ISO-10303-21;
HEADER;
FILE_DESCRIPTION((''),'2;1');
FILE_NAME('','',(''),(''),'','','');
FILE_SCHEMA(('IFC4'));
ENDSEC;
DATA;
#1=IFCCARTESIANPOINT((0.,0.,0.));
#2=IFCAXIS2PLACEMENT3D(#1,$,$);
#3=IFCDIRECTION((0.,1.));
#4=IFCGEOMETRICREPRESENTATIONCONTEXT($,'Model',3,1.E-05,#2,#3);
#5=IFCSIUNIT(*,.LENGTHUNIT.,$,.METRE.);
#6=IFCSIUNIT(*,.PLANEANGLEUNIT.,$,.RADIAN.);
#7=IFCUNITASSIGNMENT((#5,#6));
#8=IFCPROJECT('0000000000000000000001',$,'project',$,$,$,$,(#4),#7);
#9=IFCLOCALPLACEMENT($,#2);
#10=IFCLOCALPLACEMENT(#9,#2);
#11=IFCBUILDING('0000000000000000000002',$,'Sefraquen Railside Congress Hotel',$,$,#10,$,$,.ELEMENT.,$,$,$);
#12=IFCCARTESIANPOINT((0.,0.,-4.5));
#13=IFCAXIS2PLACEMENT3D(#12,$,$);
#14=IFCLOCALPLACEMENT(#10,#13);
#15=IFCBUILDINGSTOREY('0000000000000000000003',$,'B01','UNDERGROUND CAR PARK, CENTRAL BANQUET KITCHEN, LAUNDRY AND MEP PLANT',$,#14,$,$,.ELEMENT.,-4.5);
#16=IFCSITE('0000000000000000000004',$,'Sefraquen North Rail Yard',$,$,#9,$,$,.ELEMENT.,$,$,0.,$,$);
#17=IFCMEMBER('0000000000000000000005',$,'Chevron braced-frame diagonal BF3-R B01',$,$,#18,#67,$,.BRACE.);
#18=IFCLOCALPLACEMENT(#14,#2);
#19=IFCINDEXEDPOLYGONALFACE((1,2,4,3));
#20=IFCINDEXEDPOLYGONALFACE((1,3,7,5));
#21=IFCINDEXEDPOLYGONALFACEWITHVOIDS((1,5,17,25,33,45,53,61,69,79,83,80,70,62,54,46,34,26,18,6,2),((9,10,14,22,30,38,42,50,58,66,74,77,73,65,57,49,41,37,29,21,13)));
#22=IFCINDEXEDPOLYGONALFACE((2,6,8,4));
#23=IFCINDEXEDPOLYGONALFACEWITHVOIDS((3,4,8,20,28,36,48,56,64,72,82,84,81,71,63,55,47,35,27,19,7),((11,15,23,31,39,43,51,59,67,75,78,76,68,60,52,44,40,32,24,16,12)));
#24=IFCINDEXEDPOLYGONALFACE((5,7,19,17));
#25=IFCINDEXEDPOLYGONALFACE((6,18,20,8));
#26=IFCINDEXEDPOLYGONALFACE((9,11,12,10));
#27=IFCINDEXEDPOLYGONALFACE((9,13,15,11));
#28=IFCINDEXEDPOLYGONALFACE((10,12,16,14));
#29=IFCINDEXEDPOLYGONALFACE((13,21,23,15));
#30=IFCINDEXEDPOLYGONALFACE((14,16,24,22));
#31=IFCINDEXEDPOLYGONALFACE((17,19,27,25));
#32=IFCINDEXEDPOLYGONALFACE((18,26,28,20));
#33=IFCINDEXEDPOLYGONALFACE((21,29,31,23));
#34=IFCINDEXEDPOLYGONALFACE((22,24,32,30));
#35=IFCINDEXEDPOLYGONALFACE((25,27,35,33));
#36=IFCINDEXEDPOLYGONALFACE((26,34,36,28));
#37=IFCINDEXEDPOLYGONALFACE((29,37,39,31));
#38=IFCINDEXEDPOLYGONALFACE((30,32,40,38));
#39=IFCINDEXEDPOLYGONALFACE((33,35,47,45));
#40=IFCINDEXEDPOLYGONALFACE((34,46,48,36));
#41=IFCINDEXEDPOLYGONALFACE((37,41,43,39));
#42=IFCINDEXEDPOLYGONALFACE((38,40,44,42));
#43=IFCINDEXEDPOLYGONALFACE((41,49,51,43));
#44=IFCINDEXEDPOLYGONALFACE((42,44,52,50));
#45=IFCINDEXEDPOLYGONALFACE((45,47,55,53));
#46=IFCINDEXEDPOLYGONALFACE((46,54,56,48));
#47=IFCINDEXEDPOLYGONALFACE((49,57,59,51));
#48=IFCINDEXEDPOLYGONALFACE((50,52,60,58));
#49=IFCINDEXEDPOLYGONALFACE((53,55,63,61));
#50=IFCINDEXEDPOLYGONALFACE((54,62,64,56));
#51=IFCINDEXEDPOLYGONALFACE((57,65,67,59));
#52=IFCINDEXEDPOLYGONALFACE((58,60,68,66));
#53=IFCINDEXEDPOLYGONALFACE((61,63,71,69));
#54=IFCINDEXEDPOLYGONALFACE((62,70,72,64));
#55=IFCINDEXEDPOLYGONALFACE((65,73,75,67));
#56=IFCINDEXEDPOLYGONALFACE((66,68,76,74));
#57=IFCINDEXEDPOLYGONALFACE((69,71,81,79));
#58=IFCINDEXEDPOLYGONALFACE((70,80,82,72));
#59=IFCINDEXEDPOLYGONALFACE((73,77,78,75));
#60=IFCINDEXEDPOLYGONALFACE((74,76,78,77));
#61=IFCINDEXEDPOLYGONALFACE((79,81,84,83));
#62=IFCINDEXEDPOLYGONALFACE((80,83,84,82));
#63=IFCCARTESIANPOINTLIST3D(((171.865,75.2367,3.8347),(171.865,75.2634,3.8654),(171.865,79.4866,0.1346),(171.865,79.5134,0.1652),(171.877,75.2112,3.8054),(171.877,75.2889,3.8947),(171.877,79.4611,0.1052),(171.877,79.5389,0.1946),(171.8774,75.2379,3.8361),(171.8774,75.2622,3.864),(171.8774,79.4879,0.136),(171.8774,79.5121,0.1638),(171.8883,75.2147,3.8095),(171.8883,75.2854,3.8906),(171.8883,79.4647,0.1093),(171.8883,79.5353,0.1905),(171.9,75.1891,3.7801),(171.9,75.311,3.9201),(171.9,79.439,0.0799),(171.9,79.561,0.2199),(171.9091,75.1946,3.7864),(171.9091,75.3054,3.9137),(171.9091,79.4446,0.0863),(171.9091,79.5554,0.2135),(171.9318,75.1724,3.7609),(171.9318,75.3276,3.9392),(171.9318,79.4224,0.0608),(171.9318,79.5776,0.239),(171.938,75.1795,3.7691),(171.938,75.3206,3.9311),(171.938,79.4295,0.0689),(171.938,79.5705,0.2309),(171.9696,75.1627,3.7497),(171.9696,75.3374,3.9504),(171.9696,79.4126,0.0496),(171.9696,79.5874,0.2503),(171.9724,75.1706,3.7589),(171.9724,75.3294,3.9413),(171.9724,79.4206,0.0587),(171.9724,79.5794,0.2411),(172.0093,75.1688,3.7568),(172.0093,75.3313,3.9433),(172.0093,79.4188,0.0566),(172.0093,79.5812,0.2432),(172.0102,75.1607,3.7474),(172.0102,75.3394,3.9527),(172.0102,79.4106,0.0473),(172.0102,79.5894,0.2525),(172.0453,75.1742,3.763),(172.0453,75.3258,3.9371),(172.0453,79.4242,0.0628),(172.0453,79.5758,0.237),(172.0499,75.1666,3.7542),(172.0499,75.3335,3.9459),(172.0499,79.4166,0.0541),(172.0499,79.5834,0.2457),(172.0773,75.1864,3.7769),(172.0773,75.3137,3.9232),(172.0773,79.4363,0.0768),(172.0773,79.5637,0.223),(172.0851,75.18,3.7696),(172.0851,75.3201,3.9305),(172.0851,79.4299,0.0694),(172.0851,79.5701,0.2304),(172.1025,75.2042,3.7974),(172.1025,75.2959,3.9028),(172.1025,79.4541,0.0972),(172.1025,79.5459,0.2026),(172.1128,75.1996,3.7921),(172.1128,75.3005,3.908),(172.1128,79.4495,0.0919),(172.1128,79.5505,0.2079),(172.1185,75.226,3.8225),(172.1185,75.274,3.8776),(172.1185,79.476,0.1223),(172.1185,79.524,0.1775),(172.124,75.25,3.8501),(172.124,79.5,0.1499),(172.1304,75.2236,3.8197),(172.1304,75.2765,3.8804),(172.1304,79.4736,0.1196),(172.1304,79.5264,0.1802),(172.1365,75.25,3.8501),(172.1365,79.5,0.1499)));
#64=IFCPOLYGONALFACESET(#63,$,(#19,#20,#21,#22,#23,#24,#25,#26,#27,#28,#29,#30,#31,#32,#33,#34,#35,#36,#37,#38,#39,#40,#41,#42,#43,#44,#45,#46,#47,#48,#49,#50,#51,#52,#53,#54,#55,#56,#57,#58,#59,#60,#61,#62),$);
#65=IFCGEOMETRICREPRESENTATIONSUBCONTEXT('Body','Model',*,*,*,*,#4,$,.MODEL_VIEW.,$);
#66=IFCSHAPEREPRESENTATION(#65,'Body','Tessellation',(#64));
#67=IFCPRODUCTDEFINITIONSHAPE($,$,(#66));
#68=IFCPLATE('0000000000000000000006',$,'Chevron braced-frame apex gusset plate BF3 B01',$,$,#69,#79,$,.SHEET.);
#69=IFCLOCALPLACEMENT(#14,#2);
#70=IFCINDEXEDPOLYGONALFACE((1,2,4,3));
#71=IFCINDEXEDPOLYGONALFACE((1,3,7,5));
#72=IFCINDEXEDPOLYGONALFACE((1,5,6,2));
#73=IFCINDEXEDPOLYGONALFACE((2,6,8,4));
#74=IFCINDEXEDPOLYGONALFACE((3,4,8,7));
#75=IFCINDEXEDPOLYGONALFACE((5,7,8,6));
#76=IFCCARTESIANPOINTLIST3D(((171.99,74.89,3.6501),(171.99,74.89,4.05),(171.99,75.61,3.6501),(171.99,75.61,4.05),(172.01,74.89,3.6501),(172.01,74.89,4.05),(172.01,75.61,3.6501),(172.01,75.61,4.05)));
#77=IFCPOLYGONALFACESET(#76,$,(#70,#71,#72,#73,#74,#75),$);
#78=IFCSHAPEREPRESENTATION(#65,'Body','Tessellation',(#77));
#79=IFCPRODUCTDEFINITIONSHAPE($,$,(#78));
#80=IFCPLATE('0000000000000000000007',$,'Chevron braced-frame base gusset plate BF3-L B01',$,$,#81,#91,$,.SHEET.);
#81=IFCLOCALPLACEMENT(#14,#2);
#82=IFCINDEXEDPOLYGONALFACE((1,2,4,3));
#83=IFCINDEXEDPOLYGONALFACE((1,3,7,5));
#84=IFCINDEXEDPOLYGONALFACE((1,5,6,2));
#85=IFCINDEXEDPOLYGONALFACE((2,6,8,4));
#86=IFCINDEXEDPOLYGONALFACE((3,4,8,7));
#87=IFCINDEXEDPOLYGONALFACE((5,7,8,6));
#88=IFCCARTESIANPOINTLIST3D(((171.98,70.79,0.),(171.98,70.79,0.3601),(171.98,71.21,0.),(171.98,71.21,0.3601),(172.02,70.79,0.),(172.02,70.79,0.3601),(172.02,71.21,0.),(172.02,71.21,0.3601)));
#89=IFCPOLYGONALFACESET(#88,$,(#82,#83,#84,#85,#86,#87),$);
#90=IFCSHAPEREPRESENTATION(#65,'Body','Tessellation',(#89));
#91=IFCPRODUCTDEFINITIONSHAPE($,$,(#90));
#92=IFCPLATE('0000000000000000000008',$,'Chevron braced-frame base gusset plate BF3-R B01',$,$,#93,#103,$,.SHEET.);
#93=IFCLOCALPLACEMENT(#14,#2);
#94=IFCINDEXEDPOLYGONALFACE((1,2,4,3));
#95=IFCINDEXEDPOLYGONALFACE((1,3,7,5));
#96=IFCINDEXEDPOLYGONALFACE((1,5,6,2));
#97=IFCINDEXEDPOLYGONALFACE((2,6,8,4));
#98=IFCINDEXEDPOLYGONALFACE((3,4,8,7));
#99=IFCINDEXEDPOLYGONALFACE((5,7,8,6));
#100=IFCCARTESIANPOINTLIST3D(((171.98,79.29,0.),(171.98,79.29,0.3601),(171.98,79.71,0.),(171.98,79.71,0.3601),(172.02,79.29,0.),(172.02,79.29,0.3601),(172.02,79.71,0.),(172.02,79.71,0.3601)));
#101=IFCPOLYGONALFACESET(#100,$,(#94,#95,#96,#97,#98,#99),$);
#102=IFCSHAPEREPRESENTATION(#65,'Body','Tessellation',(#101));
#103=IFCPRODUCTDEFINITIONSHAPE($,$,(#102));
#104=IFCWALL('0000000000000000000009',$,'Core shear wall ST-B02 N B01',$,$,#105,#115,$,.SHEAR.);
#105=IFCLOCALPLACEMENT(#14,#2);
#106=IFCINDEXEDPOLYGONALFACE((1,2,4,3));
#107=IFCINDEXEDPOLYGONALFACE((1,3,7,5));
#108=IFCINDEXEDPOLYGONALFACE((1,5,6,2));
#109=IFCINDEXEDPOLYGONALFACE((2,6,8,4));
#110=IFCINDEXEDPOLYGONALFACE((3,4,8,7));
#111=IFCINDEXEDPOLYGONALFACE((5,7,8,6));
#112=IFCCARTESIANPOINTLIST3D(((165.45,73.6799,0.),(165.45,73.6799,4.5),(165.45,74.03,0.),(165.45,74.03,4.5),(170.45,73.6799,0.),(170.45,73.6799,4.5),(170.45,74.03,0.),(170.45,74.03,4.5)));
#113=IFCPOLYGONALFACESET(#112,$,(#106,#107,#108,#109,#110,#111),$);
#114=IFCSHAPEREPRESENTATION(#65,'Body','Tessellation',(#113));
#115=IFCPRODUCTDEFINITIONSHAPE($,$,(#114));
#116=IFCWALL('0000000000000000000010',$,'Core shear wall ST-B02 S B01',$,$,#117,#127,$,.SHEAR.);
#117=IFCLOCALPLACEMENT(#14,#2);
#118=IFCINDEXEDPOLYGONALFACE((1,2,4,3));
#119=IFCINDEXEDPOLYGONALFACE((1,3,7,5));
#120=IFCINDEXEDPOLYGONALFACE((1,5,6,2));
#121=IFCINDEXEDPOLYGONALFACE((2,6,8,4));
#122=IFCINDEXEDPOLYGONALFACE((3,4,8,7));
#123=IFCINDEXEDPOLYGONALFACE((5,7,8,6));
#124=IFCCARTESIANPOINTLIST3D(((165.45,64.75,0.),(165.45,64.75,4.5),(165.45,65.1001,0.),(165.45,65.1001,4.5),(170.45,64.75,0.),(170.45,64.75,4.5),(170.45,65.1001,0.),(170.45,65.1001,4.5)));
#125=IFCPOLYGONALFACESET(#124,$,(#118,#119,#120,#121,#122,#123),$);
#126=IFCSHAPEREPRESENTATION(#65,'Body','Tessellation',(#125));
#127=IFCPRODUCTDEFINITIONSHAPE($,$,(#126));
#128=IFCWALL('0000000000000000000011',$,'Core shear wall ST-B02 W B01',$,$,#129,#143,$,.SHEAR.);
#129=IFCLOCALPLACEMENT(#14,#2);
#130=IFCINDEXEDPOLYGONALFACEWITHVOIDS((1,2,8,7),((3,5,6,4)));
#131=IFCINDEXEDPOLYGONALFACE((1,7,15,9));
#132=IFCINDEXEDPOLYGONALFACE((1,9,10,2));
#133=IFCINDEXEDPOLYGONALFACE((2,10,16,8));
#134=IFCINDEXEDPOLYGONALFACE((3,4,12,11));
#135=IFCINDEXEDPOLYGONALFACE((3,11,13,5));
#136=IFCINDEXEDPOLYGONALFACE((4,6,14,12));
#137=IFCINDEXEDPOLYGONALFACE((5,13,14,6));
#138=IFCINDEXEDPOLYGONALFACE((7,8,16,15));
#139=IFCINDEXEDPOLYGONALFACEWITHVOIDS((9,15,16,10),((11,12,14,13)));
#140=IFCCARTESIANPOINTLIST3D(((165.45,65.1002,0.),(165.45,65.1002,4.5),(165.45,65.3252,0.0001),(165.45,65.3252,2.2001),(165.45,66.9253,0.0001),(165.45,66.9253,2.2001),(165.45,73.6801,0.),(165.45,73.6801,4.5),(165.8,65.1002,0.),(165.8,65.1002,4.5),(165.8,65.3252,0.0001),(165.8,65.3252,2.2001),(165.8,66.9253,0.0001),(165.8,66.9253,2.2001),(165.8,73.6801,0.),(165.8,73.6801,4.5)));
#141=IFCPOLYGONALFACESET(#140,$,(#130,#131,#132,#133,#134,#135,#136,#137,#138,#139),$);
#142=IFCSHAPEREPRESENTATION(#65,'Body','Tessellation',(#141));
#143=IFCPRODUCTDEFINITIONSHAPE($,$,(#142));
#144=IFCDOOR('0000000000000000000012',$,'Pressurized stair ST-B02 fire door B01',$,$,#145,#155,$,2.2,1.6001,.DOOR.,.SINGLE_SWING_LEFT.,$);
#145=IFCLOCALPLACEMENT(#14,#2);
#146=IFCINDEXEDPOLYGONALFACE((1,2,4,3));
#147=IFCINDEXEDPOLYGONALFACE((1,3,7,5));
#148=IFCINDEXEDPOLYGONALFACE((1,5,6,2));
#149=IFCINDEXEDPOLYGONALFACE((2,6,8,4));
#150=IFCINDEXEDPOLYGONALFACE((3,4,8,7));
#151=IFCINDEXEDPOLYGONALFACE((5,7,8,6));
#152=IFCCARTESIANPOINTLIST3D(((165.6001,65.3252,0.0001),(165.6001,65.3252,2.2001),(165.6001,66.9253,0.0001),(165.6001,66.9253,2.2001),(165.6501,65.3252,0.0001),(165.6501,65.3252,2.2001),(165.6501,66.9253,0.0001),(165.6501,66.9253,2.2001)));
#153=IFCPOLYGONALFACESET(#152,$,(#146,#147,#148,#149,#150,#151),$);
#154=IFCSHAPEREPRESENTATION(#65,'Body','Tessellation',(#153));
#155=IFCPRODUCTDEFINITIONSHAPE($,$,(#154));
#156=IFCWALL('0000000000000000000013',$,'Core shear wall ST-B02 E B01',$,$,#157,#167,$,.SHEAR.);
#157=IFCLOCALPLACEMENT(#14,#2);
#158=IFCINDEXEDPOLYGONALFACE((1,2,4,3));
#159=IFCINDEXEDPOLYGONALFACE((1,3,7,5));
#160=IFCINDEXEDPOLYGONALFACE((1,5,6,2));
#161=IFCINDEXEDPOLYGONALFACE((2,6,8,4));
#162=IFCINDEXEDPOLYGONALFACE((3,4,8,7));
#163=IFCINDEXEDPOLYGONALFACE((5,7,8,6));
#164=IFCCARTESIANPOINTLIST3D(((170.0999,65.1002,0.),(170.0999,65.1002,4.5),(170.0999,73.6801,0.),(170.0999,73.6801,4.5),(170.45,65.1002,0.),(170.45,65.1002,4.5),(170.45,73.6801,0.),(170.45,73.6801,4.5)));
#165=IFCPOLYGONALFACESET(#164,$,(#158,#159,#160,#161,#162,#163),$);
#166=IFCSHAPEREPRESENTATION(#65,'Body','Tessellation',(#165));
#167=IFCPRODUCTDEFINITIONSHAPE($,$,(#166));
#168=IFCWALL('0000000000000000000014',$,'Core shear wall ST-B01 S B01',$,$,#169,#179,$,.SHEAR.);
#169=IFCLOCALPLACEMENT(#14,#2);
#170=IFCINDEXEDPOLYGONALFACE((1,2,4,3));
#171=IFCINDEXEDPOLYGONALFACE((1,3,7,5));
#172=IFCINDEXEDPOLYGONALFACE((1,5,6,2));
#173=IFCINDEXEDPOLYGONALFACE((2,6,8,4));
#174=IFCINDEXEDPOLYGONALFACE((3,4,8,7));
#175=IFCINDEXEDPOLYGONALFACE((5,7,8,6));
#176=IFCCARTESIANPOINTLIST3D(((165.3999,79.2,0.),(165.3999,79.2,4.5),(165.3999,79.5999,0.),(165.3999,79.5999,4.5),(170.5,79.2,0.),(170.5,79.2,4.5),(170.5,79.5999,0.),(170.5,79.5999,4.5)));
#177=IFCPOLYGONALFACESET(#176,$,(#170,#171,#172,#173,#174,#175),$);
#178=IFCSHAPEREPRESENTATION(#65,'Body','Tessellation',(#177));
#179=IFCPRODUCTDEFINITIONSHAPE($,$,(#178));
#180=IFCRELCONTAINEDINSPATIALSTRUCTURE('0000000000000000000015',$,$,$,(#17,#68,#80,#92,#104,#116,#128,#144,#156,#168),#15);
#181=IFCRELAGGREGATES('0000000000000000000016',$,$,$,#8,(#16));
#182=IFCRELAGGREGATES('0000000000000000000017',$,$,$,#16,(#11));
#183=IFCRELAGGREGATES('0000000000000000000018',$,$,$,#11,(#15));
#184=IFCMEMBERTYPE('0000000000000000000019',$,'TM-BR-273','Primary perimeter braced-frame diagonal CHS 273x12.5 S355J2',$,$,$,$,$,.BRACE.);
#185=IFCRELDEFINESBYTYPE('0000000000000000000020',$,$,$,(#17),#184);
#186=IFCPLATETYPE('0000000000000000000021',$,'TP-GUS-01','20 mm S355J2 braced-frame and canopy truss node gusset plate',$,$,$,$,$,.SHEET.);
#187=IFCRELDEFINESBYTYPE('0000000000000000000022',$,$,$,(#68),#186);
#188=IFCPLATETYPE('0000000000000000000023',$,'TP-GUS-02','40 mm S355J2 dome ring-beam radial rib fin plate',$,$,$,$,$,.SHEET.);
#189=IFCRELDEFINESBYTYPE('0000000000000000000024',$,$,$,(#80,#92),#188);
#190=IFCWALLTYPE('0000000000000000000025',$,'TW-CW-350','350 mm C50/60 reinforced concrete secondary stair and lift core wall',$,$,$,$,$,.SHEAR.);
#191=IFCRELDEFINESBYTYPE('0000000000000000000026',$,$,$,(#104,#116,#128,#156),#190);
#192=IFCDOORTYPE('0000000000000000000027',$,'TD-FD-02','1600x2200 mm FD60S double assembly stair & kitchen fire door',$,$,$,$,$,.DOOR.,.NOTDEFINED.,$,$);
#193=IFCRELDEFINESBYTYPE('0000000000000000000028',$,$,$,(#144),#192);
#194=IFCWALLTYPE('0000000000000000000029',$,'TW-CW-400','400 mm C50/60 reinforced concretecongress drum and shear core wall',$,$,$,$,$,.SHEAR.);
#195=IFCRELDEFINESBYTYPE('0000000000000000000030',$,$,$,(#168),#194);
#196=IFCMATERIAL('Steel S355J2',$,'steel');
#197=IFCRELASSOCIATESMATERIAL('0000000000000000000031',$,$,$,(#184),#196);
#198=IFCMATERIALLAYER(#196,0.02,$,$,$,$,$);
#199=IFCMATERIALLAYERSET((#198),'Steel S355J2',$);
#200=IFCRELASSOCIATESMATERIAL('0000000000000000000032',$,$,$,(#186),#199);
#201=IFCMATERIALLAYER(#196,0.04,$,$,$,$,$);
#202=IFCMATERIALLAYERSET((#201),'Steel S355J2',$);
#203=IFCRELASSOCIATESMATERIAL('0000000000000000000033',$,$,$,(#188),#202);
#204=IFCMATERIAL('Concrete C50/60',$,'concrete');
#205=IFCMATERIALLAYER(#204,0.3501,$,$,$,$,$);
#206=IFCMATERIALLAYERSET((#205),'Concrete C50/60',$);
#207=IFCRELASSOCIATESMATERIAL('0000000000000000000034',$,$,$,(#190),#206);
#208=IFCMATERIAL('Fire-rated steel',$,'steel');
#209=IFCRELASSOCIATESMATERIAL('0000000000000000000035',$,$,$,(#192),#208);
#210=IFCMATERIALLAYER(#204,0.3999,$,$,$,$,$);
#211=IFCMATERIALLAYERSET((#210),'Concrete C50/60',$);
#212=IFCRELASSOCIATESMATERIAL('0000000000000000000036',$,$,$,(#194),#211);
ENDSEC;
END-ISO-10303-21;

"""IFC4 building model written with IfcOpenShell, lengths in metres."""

from ifc_helpers import new_model, si_unit, direction, frame, frame_2d, origin, origin_2d, place, context, subcontext, project, spatial, rectangle, hollow_circle, extrude, material, layer, layer_set, material_profile, profile_set, type_object, element, fill, save


model = new_model("IFC4")

# Units and contexts
model_context = context("Model", 3, precision=1e-05, world=origin(), true_north=direction((0.0, 1.0)))
body_context = subcontext(model_context, "Body", "Model", "MODEL_VIEW")
ifc_project = project(units=[si_unit("LENGTHUNIT", "METRE"), si_unit("PLANEANGLEUNIT", "RADIAN")], contexts=[model_context])

# Site, building, storey
site_placement = place(None, origin())
site = spatial("IfcSite", under=ifc_project, at=site_placement, Name="Sefraquen North Rail Yard", CompositionType="ELEMENT", RefElevation=0.0)
building_placement = place(site_placement, origin())
building = spatial("IfcBuilding", under=site, at=building_placement, Name="Sefraquen Railside Congress Hotel", CompositionType="ELEMENT")
storey_placement = place(building_placement, frame((0.0, 0.0, -4.5)))
storey = spatial("IfcBuildingStorey", under=building, at=storey_placement, Name="B01", Description="UNDERGROUND CAR PARK, CENTRAL BANQUET KITCHEN, LAUNDRY AND MEP PLANT", CompositionType="ELEMENT", Elevation=-4.5)

# Shared definitions
ifc_material_1 = material(Name="Steel S355J2", Category="steel")

# Member
ifc_material_profile_1 = material_profile(ifc_material_1, hollow_circle(Radius=0.1365, WallThickness=0.0125, at=origin_2d()), Name="CHS 273x12.5")
ifc_profile_set_1 = profile_set([ifc_material_profile_1], Name="Steel S355J2")
member_type = type_object("IfcMemberType", Name="TM-BR-273", Description="Primary perimeter braced-frame diagonal CHS 273x12.5 S355J2", PredefinedType="BRACE", material=ifc_profile_set_1)
for number, where, z_axis, x_axis, name in (
    (1, (172.0, 79.5, 0.1499), (0.0, -0.754206, 0.656638), (1.0, 0.0, 0.0), "Chevron braced-frame diagonal BF3-R B01"),
):
    element("IfcMember", number, at=place(storey_placement, frame(where, z_axis=z_axis, x_axis=x_axis)), inside=storey, type_object=member_type, Name=name, PredefinedType="BRACE", context=body_context, shape_type="SweptSolid", body=[
        extrude(hollow_circle(Radius=0.1365, WallThickness=0.0125, at=origin_2d()), origin(), (0.0, 0.0, 1.0), 5.635),
    ])

# Plates
ifc_layer_1 = layer(ifc_material_1, 0.02)
ifc_layer_set_1 = layer_set([ifc_layer_1], Name="Steel S355J2")
plate_type_1 = type_object("IfcPlateType", Name="TP-GUS-01", Description="20 mm S355J2 braced-frame and canopy truss node gusset plate", PredefinedType="SHEET", material=ifc_layer_set_1)
plate_placement = place(storey_placement, frame((172.0, 75.25, 3.6501), z_axis=(0.0, 0.0, 1.0), x_axis=(0.0, 1.0, 0.0)))
element("IfcPlate", 2, at=plate_placement, inside=storey, type_object=plate_type_1, Name="Chevron braced-frame apex gusset plate BF3 B01", PredefinedType="SHEET", context=body_context, shape_type="SweptSolid", body=[
    extrude(rectangle(XDim=0.72, YDim=0.02, at=origin_2d()), origin(), (0.0, 0.0, 1.0), 0.3999),
])
ifc_layer_2 = layer(ifc_material_1, 0.04)
ifc_layer_set_2 = layer_set([ifc_layer_2], Name="Steel S355J2")
plate_type_2 = type_object("IfcPlateType", Name="TP-GUS-02", Description="40 mm S355J2 dome ring-beam radial rib fin plate", PredefinedType="SHEET", material=ifc_layer_set_2)
for number, where, z_axis, x_axis, name in (
    (3, (172.0, 71.0, 0.0), (0.0, 0.0, 1.0), (0.0, 1.0, 0.0), "Chevron braced-frame base gusset plate BF3-L B01"),
    (4, (172.0, 79.5, 0.0), (0.0, 0.0, 1.0), (0.0, 1.0, 0.0), "Chevron braced-frame base gusset plate BF3-R B01"),
):
    element("IfcPlate", number, at=place(storey_placement, frame(where, z_axis=z_axis, x_axis=x_axis)), inside=storey, type_object=plate_type_2, Name=name, PredefinedType="SHEET", context=body_context, shape_type="SweptSolid", body=[
        extrude(rectangle(XDim=0.4199, YDim=0.04, at=origin_2d()), origin(), (0.0, 0.0, 1.0), 0.3601),
    ])

# Walls
ifc_material_2 = material(Name="Concrete C50/60", Category="concrete")
ifc_layer_3 = layer(ifc_material_2, 0.3501)
ifc_layer_set_3 = layer_set([ifc_layer_3], Name="Concrete C50/60")
wall_type_1 = type_object("IfcWallType", Name="TW-CW-350", Description="350 mm C50/60 reinforced concrete secondary stair and lift core wall", PredefinedType="SHEAR", material=ifc_layer_set_3)
for number, where, z_axis, x_axis, name in (
    (5, (165.45, 73.855, 0.0), (0.0, 0.0, 1.0), (1.0, 0.0, 0.0), "Core shear wall ST-B02 N B01"),
    (6, (165.45, 64.925, 0.0), (0.0, 0.0, 1.0), (1.0, 0.0, 0.0), "Core shear wall ST-B02 S B01"),
):
    element("IfcWall", number, at=place(storey_placement, frame(where, z_axis=z_axis, x_axis=x_axis)), inside=storey, type_object=wall_type_1, Name=name, PredefinedType="SHEAR", context=body_context, shape_type="SweptSolid", body=[
        extrude(rectangle(XDim=5.0, YDim=0.3501, at=frame_2d((2.5, 0.0))), origin(), (0.0, 0.0, 1.0), 4.5),
    ])

# Wall, opening, door
wall_1_placement = place(storey_placement, frame((165.625, 65.1001, 0.0), z_axis=(0.0, 0.0, 1.0), x_axis=(0.0, 1.0, 0.0)))
wall_1 = element("IfcWall", 7, at=wall_1_placement, inside=storey, type_object=wall_type_1, Name="Core shear wall ST-B02 W B01", PredefinedType="SHEAR", context=body_context, shape_type="SweptSolid", body=[
    extrude(rectangle(XDim=8.5798, YDim=0.3501, at=frame_2d((4.29, 0.0))), origin(), (0.0, 0.0, 1.0), 4.5),
])
opening_1_placement = place(wall_1_placement, frame((0.2251, 0.0, 0.0)))
opening_1 = element("IfcOpeningElement", 8, at=opening_1_placement, cuts=wall_1, PredefinedType="OPENING", context=body_context, shape_type="SweptSolid", body=[
    extrude(rectangle(XDim=1.6001, YDim=2.2, at=frame_2d((0.8, 1.1001))), frame((0.0, 0.1851, 0.0), z_axis=(0.0, -1.0, 0.0), x_axis=(1.0, 0.0, 0.0)), (0.0, 0.0, 1.0), 0.3701),
])
ifc_material_3 = material(Name="Fire-rated steel", Category="steel")
door_type = type_object("IfcDoorType", Name="TD-FD-02", Description="1600x2200 mm FD60S double assembly stair & kitchen fire door", OperationType="NOTDEFINED", PredefinedType="DOOR", material=ifc_material_3)
door_1_placement = place(opening_1_placement, origin())
door_1 = element("IfcDoor", 9, at=door_1_placement, inside=storey, type_object=door_type, Name="Pressurized stair ST-B02 fire door B01", OperationType="SINGLE_SWING_LEFT", OverallHeight=2.2, OverallWidth=1.6001, PredefinedType="DOOR", context=body_context, shape_type="SweptSolid", body=[
    extrude(rectangle(XDim=1.6001, YDim=2.2, at=frame_2d((0.8, 1.1001))), frame((0.0, 0.0249, 0.0), z_axis=(0.0, -1.0, 0.0), x_axis=(1.0, 0.0, 0.0)), (0.0, 0.0, 1.0), 0.05),
])
fill(opening_1, door_1)

# Walls
wall_2_placement = place(storey_placement, frame((170.2749, 65.1001, 0.0), z_axis=(0.0, 0.0, 1.0), x_axis=(0.0, 1.0, 0.0)))
element("IfcWall", 10, at=wall_2_placement, inside=storey, type_object=wall_type_1, Name="Core shear wall ST-B02 E B01", PredefinedType="SHEAR", context=body_context, shape_type="SweptSolid", body=[
    extrude(rectangle(XDim=8.5798, YDim=0.3501, at=frame_2d((4.29, 0.0))), origin(), (0.0, 0.0, 1.0), 4.5),
])
ifc_layer_4 = layer(ifc_material_2, 0.3999)
ifc_layer_set_4 = layer_set([ifc_layer_4], Name="Concrete C50/60")
wall_type_2 = type_object("IfcWallType", Name="TW-CW-400", Description="400 mm C50/60 reinforced concretecongress drum and shear core wall", PredefinedType="SHEAR", material=ifc_layer_set_4)
wall_3_placement = place(storey_placement, frame((165.3999, 79.3999, 0.0), z_axis=(0.0, 0.0, 1.0), x_axis=(1.0, 0.0, 0.0)))
element("IfcWall", 11, at=wall_3_placement, inside=storey, type_object=wall_type_2, Name="Core shear wall ST-B01 S B01", PredefinedType="SHEAR", context=body_context, shape_type="SweptSolid", body=[
    extrude(rectangle(XDim=5.1001, YDim=0.3999, at=frame_2d((2.55, 0.0))), origin(), (0.0, 0.0, 1.0), 4.5),
])

save(model, "model.ifc")
